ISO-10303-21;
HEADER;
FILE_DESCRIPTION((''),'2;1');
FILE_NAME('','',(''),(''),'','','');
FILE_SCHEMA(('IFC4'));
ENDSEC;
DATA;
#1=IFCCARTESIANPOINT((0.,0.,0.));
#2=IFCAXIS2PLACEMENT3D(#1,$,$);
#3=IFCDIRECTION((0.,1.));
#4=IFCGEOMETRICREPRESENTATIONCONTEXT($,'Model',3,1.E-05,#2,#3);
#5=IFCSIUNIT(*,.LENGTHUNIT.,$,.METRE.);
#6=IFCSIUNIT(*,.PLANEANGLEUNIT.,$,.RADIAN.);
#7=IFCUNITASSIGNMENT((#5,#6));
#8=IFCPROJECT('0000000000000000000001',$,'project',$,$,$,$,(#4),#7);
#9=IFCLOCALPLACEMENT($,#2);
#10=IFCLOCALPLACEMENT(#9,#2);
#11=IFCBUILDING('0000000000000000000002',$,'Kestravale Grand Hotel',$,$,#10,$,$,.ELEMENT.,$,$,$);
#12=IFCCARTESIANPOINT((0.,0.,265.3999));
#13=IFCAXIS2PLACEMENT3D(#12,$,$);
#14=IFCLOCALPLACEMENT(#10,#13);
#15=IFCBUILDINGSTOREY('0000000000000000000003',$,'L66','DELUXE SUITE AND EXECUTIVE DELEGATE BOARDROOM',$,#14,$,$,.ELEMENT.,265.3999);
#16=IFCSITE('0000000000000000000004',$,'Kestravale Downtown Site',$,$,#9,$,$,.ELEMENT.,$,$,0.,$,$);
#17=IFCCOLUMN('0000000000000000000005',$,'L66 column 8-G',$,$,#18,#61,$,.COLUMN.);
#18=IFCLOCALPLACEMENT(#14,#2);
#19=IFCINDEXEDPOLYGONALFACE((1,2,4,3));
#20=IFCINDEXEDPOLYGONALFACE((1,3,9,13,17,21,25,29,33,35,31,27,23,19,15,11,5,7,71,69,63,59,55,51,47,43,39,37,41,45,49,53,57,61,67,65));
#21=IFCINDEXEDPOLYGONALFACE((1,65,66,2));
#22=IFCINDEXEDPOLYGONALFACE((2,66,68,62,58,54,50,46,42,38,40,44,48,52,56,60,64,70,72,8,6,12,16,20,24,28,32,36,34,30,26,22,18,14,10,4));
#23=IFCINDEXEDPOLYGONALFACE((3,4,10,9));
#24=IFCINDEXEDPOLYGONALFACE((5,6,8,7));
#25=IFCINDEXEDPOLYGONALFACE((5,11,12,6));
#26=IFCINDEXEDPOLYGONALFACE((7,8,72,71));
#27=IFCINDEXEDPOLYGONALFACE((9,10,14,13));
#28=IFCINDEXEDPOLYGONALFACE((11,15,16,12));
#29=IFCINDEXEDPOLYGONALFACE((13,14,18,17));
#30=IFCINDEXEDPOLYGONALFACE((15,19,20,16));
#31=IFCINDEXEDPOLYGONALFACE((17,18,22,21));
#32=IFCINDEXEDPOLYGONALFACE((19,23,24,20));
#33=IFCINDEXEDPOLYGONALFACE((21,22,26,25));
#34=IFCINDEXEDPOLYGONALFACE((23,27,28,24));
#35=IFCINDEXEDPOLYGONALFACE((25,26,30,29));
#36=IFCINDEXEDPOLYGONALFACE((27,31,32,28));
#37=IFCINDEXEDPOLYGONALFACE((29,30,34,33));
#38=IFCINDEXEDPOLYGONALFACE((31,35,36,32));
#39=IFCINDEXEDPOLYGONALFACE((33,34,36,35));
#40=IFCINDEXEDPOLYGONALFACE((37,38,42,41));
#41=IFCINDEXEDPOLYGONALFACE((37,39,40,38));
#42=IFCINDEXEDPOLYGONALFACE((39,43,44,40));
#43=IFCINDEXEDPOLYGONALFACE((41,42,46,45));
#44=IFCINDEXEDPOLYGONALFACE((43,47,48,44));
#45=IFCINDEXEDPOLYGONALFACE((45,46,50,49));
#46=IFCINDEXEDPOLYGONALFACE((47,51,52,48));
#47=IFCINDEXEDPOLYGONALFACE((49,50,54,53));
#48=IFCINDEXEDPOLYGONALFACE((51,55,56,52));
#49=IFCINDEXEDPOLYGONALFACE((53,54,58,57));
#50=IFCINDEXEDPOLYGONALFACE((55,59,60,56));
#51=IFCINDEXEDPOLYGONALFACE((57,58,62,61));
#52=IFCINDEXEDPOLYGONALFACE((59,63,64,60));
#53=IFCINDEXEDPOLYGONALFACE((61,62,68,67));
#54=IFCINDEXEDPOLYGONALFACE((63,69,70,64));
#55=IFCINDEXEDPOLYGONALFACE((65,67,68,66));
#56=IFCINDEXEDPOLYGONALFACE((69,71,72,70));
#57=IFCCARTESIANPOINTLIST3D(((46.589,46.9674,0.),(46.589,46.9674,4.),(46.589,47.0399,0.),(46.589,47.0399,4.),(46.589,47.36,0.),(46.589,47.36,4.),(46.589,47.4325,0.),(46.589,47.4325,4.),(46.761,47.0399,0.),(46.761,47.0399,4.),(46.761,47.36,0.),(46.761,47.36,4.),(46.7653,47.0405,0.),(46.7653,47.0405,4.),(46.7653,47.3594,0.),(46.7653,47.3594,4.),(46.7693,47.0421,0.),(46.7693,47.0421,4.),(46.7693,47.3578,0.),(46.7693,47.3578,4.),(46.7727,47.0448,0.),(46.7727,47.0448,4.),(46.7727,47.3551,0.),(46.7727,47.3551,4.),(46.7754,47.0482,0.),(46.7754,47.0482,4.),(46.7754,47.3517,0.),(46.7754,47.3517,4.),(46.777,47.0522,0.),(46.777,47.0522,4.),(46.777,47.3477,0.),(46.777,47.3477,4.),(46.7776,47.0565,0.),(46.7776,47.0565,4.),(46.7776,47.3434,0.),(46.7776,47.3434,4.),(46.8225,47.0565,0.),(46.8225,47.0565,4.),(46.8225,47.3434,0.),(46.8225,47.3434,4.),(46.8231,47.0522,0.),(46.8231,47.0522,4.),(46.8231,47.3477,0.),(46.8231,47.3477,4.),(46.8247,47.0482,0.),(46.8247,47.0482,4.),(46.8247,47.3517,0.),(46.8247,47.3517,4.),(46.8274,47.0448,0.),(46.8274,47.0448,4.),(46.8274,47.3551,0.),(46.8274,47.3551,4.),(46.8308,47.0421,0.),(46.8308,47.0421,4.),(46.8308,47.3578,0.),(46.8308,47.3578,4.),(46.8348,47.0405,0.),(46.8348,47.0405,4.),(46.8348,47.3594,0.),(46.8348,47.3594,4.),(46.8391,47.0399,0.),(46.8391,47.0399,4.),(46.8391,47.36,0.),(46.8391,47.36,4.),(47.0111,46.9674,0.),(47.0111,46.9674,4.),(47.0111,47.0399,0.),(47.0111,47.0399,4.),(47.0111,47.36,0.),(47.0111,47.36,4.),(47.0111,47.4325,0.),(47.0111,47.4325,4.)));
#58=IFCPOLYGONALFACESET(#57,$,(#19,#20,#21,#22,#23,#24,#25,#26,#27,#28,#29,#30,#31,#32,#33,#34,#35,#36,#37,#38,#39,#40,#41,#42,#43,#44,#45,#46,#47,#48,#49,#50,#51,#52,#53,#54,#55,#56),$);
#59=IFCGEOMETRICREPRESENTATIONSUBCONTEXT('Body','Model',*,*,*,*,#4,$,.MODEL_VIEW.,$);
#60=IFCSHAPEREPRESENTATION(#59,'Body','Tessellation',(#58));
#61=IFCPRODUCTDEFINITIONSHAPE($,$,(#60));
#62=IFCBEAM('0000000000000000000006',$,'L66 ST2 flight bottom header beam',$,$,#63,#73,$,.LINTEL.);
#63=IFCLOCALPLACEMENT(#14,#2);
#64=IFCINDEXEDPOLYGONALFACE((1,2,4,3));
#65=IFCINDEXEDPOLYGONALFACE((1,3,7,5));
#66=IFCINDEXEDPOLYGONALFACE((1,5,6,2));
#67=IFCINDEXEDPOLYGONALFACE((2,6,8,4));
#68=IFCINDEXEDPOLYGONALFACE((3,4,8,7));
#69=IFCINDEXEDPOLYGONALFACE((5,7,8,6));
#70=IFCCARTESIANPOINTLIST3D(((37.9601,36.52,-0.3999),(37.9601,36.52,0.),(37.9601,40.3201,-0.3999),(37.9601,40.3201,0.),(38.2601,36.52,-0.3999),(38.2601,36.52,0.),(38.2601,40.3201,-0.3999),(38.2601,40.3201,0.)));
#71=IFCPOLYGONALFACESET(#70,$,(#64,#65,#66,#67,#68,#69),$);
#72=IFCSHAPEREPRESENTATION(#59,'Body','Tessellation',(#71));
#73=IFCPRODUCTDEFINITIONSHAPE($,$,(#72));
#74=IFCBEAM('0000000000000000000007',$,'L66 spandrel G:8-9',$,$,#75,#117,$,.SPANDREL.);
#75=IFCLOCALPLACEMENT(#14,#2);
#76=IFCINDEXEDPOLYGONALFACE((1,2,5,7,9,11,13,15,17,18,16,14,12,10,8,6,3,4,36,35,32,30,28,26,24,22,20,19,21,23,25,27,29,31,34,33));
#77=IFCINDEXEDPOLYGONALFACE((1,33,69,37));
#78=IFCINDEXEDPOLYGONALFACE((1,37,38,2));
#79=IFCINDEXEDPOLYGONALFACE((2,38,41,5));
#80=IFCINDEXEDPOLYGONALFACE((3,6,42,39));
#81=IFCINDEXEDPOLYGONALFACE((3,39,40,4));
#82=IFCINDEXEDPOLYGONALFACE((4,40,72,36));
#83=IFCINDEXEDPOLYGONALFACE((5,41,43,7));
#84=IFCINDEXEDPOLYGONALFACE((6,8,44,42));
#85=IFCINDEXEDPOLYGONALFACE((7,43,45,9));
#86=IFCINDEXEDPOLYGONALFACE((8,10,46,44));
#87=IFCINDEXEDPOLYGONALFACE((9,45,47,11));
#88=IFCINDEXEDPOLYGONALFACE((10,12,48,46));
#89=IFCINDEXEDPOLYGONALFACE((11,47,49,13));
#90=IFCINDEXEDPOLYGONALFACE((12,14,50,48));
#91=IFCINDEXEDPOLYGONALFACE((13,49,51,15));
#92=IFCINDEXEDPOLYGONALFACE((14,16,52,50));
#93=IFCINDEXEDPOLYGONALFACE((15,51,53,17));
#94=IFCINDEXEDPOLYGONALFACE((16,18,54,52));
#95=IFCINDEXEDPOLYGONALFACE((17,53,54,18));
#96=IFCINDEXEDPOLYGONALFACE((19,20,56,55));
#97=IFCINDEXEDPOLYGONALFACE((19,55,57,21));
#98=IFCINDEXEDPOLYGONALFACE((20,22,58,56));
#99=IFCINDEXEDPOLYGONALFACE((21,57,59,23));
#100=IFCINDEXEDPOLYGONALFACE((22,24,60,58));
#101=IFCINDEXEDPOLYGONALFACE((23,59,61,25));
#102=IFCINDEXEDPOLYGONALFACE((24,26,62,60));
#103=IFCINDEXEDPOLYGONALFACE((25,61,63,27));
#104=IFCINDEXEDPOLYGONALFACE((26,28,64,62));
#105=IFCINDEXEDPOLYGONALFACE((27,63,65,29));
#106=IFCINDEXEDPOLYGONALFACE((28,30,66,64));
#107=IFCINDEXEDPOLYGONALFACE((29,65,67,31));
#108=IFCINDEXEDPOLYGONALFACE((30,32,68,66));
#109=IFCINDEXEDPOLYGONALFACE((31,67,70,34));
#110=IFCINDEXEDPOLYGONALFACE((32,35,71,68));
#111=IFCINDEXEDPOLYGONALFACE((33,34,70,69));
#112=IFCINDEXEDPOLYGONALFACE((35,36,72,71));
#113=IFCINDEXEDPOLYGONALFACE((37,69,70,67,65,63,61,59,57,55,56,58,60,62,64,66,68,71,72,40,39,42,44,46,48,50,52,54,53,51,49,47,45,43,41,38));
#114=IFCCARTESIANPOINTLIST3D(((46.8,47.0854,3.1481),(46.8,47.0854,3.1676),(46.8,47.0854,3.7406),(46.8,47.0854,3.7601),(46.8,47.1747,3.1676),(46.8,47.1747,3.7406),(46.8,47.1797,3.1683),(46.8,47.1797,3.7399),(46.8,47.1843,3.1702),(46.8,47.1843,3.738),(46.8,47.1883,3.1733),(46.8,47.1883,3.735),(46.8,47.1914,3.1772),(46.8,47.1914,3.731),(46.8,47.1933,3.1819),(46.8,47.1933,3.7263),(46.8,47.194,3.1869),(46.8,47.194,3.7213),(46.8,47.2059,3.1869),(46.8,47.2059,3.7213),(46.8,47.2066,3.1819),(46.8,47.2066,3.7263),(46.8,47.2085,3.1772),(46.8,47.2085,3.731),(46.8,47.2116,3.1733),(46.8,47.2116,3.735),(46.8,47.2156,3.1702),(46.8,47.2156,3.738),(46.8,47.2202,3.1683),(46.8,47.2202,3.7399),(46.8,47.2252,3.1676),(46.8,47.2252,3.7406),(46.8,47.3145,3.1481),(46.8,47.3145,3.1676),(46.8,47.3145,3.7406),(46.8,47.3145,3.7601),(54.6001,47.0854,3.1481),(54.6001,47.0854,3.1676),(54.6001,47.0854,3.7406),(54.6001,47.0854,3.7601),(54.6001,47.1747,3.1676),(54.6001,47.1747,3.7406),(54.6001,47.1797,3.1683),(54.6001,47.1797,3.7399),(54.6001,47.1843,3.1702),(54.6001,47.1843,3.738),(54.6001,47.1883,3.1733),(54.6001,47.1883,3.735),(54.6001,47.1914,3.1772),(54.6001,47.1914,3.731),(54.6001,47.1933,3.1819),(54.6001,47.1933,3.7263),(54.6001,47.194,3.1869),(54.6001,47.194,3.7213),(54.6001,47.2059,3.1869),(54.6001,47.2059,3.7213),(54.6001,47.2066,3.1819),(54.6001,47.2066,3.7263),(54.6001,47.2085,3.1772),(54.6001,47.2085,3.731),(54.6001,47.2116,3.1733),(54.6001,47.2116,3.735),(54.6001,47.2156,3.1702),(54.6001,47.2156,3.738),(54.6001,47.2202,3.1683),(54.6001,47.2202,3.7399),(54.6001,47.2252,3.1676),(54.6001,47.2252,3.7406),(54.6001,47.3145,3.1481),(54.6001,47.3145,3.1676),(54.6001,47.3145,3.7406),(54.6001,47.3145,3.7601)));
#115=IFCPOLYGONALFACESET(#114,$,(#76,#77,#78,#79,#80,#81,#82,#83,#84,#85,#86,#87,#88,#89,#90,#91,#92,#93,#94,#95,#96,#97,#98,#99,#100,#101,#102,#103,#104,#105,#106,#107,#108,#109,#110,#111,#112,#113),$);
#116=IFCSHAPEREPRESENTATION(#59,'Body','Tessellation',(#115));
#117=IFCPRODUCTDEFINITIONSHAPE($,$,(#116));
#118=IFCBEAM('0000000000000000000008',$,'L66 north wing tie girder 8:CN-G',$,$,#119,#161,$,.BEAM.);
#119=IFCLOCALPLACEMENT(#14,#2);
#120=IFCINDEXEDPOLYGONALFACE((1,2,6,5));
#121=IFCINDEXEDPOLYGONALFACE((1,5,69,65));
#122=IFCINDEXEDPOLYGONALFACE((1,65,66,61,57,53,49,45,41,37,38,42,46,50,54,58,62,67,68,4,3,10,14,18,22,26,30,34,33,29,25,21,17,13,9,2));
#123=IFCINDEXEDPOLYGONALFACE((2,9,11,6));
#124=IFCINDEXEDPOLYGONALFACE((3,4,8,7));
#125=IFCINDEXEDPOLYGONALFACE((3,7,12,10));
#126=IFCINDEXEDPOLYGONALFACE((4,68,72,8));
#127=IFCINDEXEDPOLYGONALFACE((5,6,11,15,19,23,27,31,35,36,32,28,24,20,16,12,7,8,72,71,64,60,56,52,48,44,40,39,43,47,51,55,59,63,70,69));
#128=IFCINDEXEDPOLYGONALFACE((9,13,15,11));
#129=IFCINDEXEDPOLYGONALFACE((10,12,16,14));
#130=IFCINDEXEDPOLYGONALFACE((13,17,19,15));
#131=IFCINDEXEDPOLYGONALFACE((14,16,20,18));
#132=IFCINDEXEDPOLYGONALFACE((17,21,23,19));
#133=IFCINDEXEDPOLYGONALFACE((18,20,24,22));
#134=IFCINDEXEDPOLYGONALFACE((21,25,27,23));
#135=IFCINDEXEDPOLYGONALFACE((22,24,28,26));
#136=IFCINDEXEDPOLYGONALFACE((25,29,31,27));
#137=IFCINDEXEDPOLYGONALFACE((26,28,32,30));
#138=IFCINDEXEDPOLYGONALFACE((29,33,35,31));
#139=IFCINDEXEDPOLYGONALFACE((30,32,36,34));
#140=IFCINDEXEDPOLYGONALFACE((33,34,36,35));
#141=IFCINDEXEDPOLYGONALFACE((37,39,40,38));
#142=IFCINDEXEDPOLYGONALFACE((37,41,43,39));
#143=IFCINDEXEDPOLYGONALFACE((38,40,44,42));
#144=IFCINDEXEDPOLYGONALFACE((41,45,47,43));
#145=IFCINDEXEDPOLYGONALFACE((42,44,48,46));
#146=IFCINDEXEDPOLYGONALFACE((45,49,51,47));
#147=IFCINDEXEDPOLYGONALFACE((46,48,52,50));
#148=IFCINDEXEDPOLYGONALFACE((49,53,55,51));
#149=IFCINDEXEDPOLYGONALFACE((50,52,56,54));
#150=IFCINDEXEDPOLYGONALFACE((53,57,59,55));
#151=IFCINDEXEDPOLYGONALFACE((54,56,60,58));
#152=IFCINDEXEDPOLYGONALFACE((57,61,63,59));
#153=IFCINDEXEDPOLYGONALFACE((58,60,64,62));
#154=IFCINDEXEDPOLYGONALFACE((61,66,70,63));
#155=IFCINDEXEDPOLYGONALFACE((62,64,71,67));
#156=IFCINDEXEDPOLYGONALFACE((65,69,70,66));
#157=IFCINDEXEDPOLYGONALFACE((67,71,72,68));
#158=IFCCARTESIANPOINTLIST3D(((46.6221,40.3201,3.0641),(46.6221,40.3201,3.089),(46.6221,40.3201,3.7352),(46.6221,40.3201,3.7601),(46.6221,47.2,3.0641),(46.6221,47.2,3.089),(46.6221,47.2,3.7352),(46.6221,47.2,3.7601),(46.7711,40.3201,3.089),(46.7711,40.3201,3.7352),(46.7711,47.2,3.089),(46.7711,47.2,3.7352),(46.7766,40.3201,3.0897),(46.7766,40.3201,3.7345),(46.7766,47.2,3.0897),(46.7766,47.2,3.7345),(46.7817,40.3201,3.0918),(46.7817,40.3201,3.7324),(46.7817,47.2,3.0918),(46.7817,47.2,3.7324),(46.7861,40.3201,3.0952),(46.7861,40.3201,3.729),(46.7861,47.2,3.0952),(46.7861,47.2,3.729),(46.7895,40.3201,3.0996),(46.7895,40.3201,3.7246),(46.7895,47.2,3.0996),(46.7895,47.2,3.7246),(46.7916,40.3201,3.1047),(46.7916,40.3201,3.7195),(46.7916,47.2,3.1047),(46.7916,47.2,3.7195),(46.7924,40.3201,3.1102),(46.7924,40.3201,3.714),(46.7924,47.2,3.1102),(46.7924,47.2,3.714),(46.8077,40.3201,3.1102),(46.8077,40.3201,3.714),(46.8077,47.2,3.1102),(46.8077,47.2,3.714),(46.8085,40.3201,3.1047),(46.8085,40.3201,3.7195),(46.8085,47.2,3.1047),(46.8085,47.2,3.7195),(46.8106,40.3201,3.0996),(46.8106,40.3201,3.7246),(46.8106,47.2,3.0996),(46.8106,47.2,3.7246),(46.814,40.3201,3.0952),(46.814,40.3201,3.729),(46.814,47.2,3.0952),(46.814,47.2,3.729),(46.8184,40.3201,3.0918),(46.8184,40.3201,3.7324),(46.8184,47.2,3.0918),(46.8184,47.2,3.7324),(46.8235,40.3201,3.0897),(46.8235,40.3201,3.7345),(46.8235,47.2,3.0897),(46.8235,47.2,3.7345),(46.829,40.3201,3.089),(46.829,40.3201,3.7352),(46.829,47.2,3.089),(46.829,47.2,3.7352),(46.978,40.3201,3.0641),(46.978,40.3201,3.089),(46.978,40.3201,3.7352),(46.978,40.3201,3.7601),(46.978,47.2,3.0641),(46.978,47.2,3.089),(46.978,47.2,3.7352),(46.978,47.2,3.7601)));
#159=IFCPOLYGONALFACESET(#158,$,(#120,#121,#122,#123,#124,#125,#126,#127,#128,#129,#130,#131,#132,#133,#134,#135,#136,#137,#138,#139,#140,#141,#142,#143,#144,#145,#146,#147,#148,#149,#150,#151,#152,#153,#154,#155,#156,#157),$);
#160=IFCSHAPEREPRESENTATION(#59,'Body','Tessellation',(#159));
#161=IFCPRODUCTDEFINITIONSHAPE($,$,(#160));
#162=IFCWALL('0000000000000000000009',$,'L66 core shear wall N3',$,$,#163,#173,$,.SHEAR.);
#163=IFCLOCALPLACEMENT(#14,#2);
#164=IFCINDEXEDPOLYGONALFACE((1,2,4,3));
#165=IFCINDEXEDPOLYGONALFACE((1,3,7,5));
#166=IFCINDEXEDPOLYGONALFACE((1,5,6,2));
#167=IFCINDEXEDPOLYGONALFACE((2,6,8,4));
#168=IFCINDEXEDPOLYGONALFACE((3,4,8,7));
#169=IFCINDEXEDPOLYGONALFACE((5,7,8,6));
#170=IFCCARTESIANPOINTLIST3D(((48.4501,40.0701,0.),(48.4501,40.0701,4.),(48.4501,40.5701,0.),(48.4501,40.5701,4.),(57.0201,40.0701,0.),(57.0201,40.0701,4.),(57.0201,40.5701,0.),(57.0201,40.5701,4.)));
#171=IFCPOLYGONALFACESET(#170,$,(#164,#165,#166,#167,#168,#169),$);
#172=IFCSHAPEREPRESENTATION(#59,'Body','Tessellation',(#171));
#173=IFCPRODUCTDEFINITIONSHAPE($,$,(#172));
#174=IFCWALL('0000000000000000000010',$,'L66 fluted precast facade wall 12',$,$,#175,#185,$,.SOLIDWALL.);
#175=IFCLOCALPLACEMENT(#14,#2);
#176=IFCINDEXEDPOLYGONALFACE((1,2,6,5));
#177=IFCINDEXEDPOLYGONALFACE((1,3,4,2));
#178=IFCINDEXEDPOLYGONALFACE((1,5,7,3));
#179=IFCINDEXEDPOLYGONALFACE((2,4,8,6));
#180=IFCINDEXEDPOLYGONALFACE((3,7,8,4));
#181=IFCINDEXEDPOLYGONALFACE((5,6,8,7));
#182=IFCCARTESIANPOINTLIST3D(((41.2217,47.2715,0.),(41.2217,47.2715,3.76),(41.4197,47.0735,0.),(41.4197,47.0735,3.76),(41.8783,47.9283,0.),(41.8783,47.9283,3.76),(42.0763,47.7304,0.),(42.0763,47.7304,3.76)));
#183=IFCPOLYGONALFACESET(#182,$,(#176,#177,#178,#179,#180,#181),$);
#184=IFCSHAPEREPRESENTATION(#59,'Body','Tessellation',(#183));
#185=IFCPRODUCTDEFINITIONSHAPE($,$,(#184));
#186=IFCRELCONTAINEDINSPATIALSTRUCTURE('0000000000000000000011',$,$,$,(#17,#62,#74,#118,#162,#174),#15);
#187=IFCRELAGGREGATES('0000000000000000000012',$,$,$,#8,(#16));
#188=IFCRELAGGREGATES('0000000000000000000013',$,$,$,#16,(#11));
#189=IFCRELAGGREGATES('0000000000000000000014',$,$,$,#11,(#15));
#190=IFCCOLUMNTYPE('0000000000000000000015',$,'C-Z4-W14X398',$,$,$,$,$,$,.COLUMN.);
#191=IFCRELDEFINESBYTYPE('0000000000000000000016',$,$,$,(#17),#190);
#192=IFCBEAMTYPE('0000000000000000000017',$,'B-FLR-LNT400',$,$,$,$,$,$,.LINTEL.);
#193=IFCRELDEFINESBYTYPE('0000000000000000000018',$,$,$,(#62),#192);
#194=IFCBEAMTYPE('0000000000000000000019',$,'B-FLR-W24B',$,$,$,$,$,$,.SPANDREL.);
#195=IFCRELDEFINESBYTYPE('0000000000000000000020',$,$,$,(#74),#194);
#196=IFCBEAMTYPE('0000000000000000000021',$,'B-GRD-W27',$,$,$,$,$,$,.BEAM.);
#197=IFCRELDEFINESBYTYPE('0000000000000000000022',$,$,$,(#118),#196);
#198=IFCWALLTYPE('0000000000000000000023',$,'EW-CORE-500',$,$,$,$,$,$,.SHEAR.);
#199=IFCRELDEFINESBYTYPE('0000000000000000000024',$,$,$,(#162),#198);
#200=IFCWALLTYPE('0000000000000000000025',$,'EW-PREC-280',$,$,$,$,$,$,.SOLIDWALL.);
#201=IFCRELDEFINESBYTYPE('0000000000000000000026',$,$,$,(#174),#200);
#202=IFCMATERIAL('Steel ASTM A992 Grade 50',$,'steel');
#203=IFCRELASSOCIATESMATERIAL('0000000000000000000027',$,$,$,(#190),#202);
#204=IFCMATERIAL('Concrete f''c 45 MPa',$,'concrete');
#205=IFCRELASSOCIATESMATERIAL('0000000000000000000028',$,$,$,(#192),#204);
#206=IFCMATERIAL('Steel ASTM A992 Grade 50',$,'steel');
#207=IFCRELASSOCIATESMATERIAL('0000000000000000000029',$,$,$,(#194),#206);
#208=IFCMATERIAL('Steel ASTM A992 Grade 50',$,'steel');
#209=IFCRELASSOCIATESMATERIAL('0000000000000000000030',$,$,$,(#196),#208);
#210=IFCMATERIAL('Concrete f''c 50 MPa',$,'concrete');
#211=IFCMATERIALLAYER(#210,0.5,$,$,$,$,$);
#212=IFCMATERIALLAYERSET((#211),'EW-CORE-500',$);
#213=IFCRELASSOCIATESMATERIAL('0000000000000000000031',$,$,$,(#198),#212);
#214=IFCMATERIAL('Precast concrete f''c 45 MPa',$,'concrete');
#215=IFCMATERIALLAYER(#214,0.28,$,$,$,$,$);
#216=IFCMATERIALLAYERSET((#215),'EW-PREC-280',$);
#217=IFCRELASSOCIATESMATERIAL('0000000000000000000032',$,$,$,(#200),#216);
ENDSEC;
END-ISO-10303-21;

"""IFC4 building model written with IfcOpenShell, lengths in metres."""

from ifc_helpers import new_model, si_unit, direction, frame, frame_2d, origin, origin_2d, place, context, subcontext, project, spatial, rectangle, i_section, extrude, material, layer, layer_set, material_profile, profile_set, type_object, element, save


model = new_model("IFC4")

# Units and contexts
model_context = context("Model", 3, precision=1e-05, world=origin(), true_north=direction((0.0, 1.0)))
body_context = subcontext(model_context, "Body", "Model", "MODEL_VIEW")
ifc_project = project(units=[si_unit("LENGTHUNIT", "METRE"), si_unit("PLANEANGLEUNIT", "RADIAN")], contexts=[model_context])

# Site, building, storey
site_placement = place(None, origin())
site = spatial("IfcSite", under=ifc_project, at=site_placement, Name="Kestravale Downtown Site", CompositionType="ELEMENT", RefElevation=0.0)
building_placement = place(site_placement, origin())
building = spatial("IfcBuilding", under=site, at=building_placement, Name="Kestravale Grand Hotel", CompositionType="ELEMENT")
storey_placement = place(building_placement, frame((0.0, 0.0, 265.3999)))
storey = spatial("IfcBuildingStorey", under=building, at=storey_placement, Name="L66", Description="DELUXE SUITE AND EXECUTIVE DELEGATE BOARDROOM", CompositionType="ELEMENT", Elevation=265.3999)

# Column
ifc_material_1 = material(Name="Steel ASTM A992 Grade 50", Category="steel")
ifc_material_profile_1 = material_profile(ifc_material_1, i_section(OverallWidth=0.4221, OverallDepth=0.4651, WebThickness=0.0449, FlangeThickness=0.0725, FilletRadius=0.0166, at=origin_2d()))
ifc_profile_set_1 = profile_set([ifc_material_profile_1], Name="Steel ASTM A992 Grade 50")
column_type = type_object("IfcColumnType", Name="C-Z4-W14X398", PredefinedType="COLUMN", material=ifc_profile_set_1)
column_placement = place(storey_placement, frame((46.8, 47.2, 0.0), z_axis=(0.0, 0.0, 1.0), x_axis=(1.0, 0.0, 0.0)))
element("IfcColumn", 1, at=column_placement, inside=storey, type_object=column_type, Name="L66 column 8-G", PredefinedType="COLUMN", context=body_context, shape_type="SweptSolid", body=[
    extrude(i_section(OverallWidth=0.4221, OverallDepth=0.4651, WebThickness=0.0449, FlangeThickness=0.0725, FilletRadius=0.0166, at=origin_2d()), origin(), (0.0, 0.0, 1.0), 4.0),
])

# Beams
ifc_material_2 = material(Name="Concrete f'c 45 MPa", Category="concrete")
ifc_material_profile_2 = material_profile(ifc_material_2, rectangle(XDim=0.3, YDim=0.3999, at=origin_2d()))
ifc_profile_set_2 = profile_set([ifc_material_profile_2], Name="Concrete f'c 45 MPa")
beam_type_1 = type_object("IfcBeamType", Name="B-FLR-LNT400", PredefinedType="LINTEL", material=ifc_profile_set_2)
beam_1_placement = place(storey_placement, frame((38.1101, 36.52, -0.2), z_axis=(0.0, 1.0, 0.0), x_axis=(-1.0, 0.0, 0.0)))
element("IfcBeam", 2, at=beam_1_placement, inside=storey, type_object=beam_type_1, Name="L66 ST2 flight bottom header beam", PredefinedType="LINTEL", context=body_context, shape_type="SweptSolid", body=[
    extrude(rectangle(XDim=0.3, YDim=0.3999, at=origin_2d()), origin(), (0.0, 0.0, 1.0), 3.8),
])
ifc_material_3 = material(Name="Steel ASTM A992 Grade 50", Category="steel")
ifc_material_profile_3 = material_profile(ifc_material_3, i_section(OverallWidth=0.229, OverallDepth=0.6121, WebThickness=0.012, FlangeThickness=0.0195, FilletRadius=0.0193, at=origin_2d()))
ifc_profile_set_3 = profile_set([ifc_material_profile_3], Name="Steel ASTM A992 Grade 50")
beam_type_2 = type_object("IfcBeamType", Name="B-FLR-W24B", PredefinedType="SPANDREL", material=ifc_profile_set_3)
beam_2_placement = place(storey_placement, frame((46.8, 47.2, 3.4541), z_axis=(1.0, 0.0, 0.0), x_axis=(0.0, 1.0, 0.0)))
element("IfcBeam", 3, at=beam_2_placement, inside=storey, type_object=beam_type_2, Name="L66 spandrel G:8-9", PredefinedType="SPANDREL", context=body_context, shape_type="SweptSolid", body=[
    extrude(i_section(OverallWidth=0.229, OverallDepth=0.6121, WebThickness=0.012, FlangeThickness=0.0195, FilletRadius=0.0193, at=origin_2d()), origin(), (0.0, 0.0, 1.0), 7.8),
])
ifc_material_4 = material(Name="Steel ASTM A992 Grade 50", Category="steel")
ifc_material_profile_4 = material_profile(ifc_material_4, i_section(OverallWidth=0.356, OverallDepth=0.696, WebThickness=0.0154, FlangeThickness=0.0249, FilletRadius=0.0212, at=origin_2d()))
ifc_profile_set_4 = profile_set([ifc_material_profile_4], Name="Steel ASTM A992 Grade 50")
beam_type_3 = type_object("IfcBeamType", Name="B-GRD-W27", PredefinedType="BEAM", material=ifc_profile_set_4)
beam_3_placement = place(storey_placement, frame((46.8, 40.3201, 3.4121), z_axis=(0.0, 1.0, 0.0), x_axis=(-1.0, 0.0, 0.0)))
element("IfcBeam", 4, at=beam_3_placement, inside=storey, type_object=beam_type_3, Name="L66 north wing tie girder 8:CN-G", PredefinedType="BEAM", context=body_context, shape_type="SweptSolid", body=[
    extrude(i_section(OverallWidth=0.356, OverallDepth=0.696, WebThickness=0.0154, FlangeThickness=0.0249, FilletRadius=0.0212, at=origin_2d()), origin(), (0.0, 0.0, 1.0), 6.8799),
])

# Walls
ifc_material_5 = material(Name="Concrete f'c 50 MPa", Category="concrete")
ifc_layer_1 = layer(ifc_material_5, 0.5)
ifc_layer_set_1 = layer_set([ifc_layer_1], Name="EW-CORE-500")
wall_type_1 = type_object("IfcWallType", Name="EW-CORE-500", PredefinedType="SHEAR", material=ifc_layer_set_1)
wall_1_placement = place(storey_placement, frame((48.45, 40.3201, 0.0), z_axis=(0.0, 0.0, 1.0), x_axis=(1.0, 0.0, 0.0)))
element("IfcWall", 5, at=wall_1_placement, inside=storey, type_object=wall_type_1, Name="L66 core shear wall N3", PredefinedType="SHEAR", context=body_context, shape_type="SweptSolid", body=[
    extrude(rectangle(XDim=8.5701, YDim=0.5, at=frame_2d((4.2852, 0.0))), origin(), (0.0, 0.0, 1.0), 4.0),
])
ifc_material_6 = material(Name="Precast concrete f'c 45 MPa", Category="concrete")
ifc_layer_2 = layer(ifc_material_6, 0.28)
ifc_layer_set_2 = layer_set([ifc_layer_2], Name="EW-PREC-280")
wall_type_2 = type_object("IfcWallType", Name="EW-PREC-280", PredefinedType="SOLIDWALL", material=ifc_layer_set_2)
wall_2_placement = place(storey_placement, frame((41.9773, 47.8293, 0.0), z_axis=(0.0, 0.0, 1.0), x_axis=(-0.706975, -0.707238, 0.0)))
element("IfcWall", 6, at=wall_2_placement, inside=storey, type_object=wall_type_2, Name="L66 fluted precast facade wall 12", PredefinedType="SOLIDWALL", context=body_context, shape_type="SweptSolid", body=[
    extrude(rectangle(XDim=0.9287, YDim=0.28, at=frame_2d((0.4644, 0.0))), origin(), (0.0, 0.0, 1.0), 3.76),
])

save(model, "model.ifc")
